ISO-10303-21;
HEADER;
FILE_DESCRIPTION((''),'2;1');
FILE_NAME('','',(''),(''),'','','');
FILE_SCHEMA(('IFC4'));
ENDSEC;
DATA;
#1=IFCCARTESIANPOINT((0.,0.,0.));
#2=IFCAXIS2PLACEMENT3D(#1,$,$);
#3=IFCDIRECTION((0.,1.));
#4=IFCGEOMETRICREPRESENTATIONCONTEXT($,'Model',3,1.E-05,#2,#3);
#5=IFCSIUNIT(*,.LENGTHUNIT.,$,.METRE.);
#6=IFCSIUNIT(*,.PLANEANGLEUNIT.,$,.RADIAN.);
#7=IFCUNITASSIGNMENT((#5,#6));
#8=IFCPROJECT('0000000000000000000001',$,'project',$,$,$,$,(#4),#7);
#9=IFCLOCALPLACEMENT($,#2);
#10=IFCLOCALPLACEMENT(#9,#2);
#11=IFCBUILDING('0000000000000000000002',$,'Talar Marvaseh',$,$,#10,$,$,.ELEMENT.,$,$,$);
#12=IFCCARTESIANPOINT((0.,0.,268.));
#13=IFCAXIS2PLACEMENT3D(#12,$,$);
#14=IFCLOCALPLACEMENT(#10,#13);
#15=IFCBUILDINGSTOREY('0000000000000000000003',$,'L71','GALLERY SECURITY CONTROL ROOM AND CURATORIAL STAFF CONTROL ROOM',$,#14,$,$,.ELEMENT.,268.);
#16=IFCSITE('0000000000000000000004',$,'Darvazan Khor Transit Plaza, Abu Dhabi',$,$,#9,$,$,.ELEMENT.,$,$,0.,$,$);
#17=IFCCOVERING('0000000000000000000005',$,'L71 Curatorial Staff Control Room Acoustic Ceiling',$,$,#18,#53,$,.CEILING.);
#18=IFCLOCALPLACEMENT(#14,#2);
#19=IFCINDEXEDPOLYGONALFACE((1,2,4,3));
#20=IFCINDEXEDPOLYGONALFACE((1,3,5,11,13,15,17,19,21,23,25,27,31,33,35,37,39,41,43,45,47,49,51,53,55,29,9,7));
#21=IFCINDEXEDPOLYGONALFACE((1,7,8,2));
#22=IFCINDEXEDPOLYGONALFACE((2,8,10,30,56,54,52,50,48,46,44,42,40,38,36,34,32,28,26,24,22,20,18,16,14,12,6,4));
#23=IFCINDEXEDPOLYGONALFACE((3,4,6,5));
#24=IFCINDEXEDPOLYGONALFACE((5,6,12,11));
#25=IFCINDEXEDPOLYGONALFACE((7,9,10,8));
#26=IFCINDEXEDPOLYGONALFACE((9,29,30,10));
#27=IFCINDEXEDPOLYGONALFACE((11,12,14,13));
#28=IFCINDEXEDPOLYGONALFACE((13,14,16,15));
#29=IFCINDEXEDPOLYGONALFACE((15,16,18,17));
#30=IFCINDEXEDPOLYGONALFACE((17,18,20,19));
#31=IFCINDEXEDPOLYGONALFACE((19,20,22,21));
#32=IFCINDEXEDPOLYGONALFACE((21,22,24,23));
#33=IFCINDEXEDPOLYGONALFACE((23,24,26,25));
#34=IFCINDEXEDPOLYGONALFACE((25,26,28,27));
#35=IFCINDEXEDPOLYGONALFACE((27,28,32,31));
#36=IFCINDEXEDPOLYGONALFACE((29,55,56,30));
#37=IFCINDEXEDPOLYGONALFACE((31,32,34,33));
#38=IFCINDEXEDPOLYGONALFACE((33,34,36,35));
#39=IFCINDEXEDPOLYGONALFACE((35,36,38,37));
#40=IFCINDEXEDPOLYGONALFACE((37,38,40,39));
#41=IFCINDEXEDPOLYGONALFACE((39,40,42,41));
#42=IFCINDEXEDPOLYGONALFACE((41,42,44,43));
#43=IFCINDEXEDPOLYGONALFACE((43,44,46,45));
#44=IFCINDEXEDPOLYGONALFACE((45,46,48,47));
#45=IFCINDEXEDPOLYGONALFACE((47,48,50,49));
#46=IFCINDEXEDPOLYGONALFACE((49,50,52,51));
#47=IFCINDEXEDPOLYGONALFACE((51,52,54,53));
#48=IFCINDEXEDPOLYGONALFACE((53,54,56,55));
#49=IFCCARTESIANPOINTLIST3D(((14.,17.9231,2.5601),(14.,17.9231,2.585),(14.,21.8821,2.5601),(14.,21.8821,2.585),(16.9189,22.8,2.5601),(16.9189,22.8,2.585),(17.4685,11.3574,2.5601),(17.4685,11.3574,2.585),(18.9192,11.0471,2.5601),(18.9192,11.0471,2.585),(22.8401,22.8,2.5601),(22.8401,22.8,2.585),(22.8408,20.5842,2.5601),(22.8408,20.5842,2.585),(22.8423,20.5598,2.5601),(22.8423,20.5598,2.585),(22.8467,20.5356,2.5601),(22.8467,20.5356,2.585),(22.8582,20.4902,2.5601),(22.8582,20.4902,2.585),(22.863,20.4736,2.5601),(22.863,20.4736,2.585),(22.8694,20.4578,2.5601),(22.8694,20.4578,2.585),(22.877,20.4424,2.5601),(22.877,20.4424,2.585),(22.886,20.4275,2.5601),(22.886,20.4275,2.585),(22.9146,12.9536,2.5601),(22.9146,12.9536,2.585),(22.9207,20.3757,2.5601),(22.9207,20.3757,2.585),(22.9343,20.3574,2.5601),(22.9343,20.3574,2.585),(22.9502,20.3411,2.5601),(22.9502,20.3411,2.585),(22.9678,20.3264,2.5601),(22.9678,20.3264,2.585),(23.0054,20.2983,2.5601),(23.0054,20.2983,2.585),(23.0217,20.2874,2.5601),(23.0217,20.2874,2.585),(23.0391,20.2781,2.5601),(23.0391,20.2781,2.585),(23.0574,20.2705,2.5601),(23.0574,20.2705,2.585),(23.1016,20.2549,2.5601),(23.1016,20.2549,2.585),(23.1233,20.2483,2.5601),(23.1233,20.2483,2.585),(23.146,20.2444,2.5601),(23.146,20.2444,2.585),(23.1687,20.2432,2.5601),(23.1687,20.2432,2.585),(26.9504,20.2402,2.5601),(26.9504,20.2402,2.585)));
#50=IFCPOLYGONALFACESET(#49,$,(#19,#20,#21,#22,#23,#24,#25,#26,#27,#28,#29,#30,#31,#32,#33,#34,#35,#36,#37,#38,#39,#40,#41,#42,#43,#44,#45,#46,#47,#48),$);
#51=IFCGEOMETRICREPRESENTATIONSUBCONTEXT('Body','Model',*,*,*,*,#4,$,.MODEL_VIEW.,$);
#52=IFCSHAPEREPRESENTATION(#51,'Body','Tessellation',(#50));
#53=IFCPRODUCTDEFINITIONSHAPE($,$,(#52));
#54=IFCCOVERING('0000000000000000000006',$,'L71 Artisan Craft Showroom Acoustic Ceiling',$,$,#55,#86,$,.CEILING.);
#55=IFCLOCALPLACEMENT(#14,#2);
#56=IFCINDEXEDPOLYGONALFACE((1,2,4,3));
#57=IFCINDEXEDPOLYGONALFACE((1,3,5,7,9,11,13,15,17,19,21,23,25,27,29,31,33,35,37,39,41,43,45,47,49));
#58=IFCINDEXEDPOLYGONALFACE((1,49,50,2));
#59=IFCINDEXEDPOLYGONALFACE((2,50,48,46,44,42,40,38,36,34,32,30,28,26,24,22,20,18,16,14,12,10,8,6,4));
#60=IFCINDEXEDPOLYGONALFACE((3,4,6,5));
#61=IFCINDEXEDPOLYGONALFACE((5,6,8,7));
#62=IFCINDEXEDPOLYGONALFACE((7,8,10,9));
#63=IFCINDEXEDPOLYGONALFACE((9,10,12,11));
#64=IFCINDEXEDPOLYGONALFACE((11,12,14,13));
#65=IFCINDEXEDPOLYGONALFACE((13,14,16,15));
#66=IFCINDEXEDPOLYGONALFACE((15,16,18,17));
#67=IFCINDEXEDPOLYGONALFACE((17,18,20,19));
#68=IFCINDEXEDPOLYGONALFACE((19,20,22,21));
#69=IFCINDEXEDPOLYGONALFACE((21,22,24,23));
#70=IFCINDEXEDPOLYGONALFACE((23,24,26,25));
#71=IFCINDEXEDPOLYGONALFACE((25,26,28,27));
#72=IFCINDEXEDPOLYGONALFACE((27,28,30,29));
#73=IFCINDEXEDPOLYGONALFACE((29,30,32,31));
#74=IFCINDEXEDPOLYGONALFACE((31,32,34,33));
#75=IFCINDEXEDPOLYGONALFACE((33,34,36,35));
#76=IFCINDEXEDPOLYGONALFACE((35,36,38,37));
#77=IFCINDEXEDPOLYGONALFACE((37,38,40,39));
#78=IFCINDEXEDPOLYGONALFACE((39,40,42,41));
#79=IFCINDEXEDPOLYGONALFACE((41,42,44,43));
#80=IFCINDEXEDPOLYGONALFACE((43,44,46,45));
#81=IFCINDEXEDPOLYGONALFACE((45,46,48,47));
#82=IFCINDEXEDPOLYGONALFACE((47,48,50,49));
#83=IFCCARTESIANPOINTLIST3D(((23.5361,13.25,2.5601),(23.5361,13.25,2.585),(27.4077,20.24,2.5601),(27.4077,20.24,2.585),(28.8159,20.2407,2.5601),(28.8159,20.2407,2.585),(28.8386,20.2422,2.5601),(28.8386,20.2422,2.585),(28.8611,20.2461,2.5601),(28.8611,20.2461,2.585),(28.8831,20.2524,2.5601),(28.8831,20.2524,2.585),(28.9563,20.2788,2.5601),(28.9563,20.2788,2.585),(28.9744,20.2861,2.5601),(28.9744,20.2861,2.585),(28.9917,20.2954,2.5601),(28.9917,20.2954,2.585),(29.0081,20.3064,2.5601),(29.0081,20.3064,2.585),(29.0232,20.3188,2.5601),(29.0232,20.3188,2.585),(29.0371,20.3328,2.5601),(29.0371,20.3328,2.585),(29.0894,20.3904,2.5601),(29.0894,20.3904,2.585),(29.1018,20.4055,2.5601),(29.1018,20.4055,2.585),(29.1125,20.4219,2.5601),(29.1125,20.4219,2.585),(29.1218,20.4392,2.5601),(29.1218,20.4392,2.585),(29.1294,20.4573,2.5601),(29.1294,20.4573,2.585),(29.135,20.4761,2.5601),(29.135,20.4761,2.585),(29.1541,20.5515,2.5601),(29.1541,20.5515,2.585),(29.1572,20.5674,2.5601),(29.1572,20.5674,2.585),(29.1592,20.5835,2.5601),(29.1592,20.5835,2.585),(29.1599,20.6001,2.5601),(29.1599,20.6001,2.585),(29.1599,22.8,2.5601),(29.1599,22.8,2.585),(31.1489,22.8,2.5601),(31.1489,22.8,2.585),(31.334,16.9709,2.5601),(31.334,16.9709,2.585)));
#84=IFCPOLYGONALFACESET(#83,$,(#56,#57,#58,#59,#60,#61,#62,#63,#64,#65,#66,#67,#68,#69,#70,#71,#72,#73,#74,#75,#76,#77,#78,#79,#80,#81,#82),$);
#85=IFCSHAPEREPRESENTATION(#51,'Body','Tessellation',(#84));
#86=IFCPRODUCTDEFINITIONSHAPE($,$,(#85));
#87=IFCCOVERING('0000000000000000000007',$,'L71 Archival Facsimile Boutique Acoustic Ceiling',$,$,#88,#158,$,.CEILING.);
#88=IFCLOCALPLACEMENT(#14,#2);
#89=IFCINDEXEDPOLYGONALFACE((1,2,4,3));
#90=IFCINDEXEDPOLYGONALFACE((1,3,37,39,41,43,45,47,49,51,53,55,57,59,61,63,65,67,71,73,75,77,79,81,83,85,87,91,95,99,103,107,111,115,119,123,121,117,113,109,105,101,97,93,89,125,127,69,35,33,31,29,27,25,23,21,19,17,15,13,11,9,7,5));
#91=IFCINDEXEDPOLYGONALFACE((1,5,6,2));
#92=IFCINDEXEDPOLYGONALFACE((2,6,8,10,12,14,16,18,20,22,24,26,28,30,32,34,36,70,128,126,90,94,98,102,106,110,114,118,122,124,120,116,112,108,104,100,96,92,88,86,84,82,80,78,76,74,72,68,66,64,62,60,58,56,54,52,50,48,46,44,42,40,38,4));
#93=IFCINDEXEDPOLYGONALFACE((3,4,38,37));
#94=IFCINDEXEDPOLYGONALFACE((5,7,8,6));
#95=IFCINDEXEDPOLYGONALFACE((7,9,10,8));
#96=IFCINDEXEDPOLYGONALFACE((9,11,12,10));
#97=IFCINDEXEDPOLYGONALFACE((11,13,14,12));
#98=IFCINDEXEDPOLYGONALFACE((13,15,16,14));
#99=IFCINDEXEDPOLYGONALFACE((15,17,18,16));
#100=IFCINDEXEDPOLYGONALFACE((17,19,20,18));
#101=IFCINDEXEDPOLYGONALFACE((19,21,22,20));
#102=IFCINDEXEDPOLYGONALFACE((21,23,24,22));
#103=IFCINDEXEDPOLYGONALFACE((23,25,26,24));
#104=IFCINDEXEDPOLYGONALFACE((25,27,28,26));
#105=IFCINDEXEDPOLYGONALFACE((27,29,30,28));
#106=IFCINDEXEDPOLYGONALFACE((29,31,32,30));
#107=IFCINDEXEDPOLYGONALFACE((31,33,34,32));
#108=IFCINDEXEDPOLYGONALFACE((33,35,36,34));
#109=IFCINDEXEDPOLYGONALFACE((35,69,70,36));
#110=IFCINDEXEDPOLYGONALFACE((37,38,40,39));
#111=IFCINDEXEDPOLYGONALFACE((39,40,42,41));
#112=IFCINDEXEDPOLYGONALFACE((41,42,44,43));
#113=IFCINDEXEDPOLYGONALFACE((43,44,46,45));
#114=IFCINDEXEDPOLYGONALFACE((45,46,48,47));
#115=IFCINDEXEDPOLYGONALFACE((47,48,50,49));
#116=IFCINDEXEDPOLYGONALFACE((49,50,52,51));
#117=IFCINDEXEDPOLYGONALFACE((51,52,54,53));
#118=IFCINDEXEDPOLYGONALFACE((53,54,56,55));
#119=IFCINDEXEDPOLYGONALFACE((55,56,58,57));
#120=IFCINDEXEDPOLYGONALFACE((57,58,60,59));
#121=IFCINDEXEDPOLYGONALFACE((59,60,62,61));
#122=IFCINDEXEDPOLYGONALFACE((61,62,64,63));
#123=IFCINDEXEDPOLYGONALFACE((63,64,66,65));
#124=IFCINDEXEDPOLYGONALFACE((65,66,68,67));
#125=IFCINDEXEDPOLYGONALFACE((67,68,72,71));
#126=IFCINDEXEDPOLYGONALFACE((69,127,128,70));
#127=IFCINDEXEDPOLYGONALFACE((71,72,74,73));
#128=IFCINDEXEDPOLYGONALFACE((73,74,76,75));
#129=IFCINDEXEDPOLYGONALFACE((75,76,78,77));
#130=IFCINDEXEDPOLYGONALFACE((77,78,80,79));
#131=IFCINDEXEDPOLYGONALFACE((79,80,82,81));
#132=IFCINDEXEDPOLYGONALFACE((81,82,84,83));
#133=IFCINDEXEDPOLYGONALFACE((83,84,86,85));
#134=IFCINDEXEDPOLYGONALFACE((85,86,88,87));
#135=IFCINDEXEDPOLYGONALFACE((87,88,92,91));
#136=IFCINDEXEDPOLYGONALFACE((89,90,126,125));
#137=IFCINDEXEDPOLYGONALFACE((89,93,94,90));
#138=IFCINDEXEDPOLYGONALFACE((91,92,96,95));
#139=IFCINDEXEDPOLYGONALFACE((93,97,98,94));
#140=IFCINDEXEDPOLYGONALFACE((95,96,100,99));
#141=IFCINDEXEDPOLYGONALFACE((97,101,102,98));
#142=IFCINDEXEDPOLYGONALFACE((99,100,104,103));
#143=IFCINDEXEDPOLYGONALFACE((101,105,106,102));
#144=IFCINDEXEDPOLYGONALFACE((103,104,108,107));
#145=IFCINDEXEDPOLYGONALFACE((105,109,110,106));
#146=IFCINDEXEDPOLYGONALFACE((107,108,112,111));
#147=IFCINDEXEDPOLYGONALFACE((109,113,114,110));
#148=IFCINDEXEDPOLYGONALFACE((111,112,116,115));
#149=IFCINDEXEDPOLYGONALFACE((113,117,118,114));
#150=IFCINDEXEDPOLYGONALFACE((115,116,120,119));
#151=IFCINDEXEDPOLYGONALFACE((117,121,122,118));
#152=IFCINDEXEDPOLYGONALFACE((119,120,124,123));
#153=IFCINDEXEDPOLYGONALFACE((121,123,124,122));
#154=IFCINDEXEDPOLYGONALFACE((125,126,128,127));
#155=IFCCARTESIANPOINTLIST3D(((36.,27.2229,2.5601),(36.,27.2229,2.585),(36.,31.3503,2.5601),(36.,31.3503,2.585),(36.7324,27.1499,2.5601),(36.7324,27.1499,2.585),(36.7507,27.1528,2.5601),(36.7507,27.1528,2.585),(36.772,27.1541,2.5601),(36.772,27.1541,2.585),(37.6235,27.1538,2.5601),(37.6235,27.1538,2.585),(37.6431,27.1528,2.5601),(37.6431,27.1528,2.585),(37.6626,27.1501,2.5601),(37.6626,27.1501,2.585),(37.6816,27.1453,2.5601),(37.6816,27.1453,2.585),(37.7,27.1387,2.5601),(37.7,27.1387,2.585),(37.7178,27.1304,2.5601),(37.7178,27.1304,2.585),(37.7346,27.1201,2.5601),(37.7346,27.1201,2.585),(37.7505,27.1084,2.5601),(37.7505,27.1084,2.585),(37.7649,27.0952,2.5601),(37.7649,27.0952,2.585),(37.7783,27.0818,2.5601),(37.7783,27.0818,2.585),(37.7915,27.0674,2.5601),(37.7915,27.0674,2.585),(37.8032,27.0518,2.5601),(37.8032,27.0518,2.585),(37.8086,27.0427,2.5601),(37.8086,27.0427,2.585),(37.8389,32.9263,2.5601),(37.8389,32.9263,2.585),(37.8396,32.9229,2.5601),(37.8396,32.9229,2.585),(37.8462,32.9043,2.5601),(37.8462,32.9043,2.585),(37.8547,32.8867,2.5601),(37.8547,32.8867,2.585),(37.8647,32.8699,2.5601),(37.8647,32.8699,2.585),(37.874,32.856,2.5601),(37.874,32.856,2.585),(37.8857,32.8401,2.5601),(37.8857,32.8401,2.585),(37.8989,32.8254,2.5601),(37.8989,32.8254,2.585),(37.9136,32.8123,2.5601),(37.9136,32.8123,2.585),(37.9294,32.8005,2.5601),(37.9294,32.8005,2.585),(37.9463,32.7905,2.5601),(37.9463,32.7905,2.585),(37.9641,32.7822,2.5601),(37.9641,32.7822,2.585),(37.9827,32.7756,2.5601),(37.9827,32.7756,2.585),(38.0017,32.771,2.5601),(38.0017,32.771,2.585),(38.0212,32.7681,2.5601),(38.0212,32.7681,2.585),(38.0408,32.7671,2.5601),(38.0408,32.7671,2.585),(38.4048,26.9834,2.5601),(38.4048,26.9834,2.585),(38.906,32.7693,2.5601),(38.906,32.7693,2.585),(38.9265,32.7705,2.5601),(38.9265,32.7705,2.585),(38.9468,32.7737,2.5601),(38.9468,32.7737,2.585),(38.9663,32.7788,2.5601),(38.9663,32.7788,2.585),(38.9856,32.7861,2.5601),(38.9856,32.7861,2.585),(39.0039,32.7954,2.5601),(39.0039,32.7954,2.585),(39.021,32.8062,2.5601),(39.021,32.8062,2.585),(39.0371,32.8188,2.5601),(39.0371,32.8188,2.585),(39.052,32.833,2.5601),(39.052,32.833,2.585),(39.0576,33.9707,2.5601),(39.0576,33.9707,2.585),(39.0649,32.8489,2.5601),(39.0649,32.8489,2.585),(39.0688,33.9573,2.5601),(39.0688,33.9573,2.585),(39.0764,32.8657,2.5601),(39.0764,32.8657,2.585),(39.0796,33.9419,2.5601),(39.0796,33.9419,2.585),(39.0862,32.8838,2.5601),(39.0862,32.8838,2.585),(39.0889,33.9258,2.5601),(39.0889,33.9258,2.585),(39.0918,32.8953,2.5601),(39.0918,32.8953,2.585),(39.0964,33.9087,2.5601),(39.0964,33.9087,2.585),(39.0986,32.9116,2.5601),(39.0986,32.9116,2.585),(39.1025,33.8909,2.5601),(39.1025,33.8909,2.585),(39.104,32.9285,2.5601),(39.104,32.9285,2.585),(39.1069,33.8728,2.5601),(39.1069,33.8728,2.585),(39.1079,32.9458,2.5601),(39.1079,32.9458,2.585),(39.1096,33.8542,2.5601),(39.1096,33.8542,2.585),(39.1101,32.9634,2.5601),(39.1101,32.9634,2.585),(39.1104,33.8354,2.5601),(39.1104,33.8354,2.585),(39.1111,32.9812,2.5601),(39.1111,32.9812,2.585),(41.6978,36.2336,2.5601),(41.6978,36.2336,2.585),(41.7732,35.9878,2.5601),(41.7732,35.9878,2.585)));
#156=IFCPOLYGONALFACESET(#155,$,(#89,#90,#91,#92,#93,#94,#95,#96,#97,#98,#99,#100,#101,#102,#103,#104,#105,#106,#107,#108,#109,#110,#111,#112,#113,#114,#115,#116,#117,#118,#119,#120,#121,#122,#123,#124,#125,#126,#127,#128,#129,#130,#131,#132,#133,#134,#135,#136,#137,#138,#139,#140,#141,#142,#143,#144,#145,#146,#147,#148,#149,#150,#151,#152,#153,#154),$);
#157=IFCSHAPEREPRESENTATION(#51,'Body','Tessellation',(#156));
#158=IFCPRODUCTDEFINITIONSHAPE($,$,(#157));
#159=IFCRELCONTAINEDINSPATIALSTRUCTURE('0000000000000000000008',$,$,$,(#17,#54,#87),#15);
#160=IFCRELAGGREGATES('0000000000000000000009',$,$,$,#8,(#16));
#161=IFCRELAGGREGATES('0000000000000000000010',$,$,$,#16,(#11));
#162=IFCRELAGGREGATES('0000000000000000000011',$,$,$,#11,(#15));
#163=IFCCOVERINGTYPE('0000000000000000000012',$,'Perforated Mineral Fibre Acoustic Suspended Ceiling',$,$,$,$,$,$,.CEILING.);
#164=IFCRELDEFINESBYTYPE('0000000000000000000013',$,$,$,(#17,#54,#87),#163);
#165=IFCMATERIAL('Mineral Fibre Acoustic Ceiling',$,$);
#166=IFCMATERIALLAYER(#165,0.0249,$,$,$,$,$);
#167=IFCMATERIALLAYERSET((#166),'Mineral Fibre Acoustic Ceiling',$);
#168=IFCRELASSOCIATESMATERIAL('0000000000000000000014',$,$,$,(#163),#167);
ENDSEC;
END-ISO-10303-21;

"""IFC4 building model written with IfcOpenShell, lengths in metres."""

from ifc_helpers import new_model, si_unit, direction, frame, origin, place, context, subcontext, project, spatial, polyline, outline, extrude, material, layer, layer_set, type_object, element, save


model = new_model("IFC4")

# Units and contexts
model_context = context("Model", 3, precision=1e-05, world=origin(), true_north=direction((0.0, 1.0)))
body_context = subcontext(model_context, "Body", "Model", "MODEL_VIEW")
ifc_project = project(units=[si_unit("LENGTHUNIT", "METRE"), si_unit("PLANEANGLEUNIT", "RADIAN")], contexts=[model_context])

# Site, building, storey
site_placement = place(None, origin())
site = spatial("IfcSite", under=ifc_project, at=site_placement, Name="Darvazan Khor Transit Plaza, Abu Dhabi", CompositionType="ELEMENT", RefElevation=0.0)
building_placement = place(site_placement, origin())
building = spatial("IfcBuilding", under=site, at=building_placement, Name="Talar Marvaseh", CompositionType="ELEMENT")
storey_placement = place(building_placement, frame((0.0, 0.0, 268.0)))
storey = spatial("IfcBuildingStorey", under=building, at=storey_placement, Name="L71", Description="GALLERY SECURITY CONTROL ROOM AND CURATORIAL STAFF CONTROL ROOM", CompositionType="ELEMENT", Elevation=268.0)

# Coverings
ifc_material_1 = material(Name="Mineral Fibre Acoustic Ceiling")
ifc_layer_1 = layer(ifc_material_1, 0.0249)
ifc_layer_set_1 = layer_set([ifc_layer_1], Name="Mineral Fibre Acoustic Ceiling")
covering_type_1 = type_object("IfcCoveringType", Name="Perforated Mineral Fibre Acoustic Suspended Ceiling", PredefinedType="CEILING", material=ifc_layer_set_1)
covering_1_placement = place(storey_placement, frame((0.0, 0.0, 2.5601)))
element("IfcCovering", 1, at=covering_1_placement, inside=storey, type_object=covering_type_1, Name="L71 Curatorial Staff Control Room Acoustic Ceiling", PredefinedType="CEILING", context=body_context, shape_type="SweptSolid", body=[
    extrude(outline(polyline([(22.8401, 22.8), (22.8408, 20.5842), (22.8423, 20.5598), (22.8467, 20.5356), (22.8582, 20.4902), (22.863, 20.4736), (22.8694, 20.4578), (22.877, 20.4424), (22.886, 20.4275), (22.9207, 20.3757), (22.9343, 20.3574), (22.9502, 20.3411), (22.9678, 20.3264), (23.0054, 20.2983), (23.0217, 20.2874), (23.0391, 20.2781), (23.0574, 20.2705), (23.1016, 20.2549), (23.1233, 20.2483), (23.146, 20.2444), (23.1687, 20.2432), (26.9504, 20.2402), (22.9146, 12.9536), (18.9192, 11.0471), (17.4685, 11.3574), (14.0, 17.9231), (14.0, 21.8821), (16.9189, 22.8), (22.8401, 22.8)])), origin(), (0.0, 0.0, 1.0), 0.0249),
])
covering_2_placement = place(storey_placement, frame((0.0, 0.0, 2.5601)))
element("IfcCovering", 2, at=covering_2_placement, inside=storey, type_object=covering_type_1, Name="L71 Artisan Craft Showroom Acoustic Ceiling", PredefinedType="CEILING", context=body_context, shape_type="SweptSolid", body=[
    extrude(outline(polyline([(28.8386, 20.2422), (28.8611, 20.2461), (28.8831, 20.2524), (28.9563, 20.2788), (28.9744, 20.2861), (28.9917, 20.2954), (29.0081, 20.3064), (29.0232, 20.3188), (29.0371, 20.3328), (29.0894, 20.3904), (29.1018, 20.4055), (29.1125, 20.4219), (29.1218, 20.4392), (29.1294, 20.4573), (29.135, 20.4761), (29.1541, 20.5515), (29.1572, 20.5674), (29.1592, 20.5835), (29.1599, 20.6001), (29.1599, 22.8), (31.1489, 22.8), (31.334, 16.9709), (23.5361, 13.25), (27.4077, 20.24), (28.8159, 20.2407), (28.8386, 20.2422)])), origin(), (0.0, 0.0, 1.0), 0.0249),
])
covering_3_placement = place(storey_placement, frame((0.0, 0.0, 2.5601)))
element("IfcCovering", 3, at=covering_3_placement, inside=storey, type_object=covering_type_1, Name="L71 Archival Facsimile Boutique Acoustic Ceiling", PredefinedType="CEILING", context=body_context, shape_type="SweptSolid", body=[
    extrude(outline(polyline([(36.0, 31.3503), (37.8389, 32.9263), (37.8396, 32.9229), (37.8462, 32.9043), (37.8547, 32.8867), (37.8647, 32.8699), (37.874, 32.856), (37.8857, 32.8401), (37.8989, 32.8254), (37.9136, 32.8123), (37.9294, 32.8005), (37.9463, 32.7905), (37.9641, 32.7822), (37.9827, 32.7756), (38.0017, 32.771), (38.0212, 32.7681), (38.0408, 32.7671), (38.906, 32.7693), (38.9265, 32.7705), (38.9468, 32.7737), (38.9663, 32.7788), (38.9856, 32.7861), (39.0039, 32.7954), (39.021, 32.8062), (39.0371, 32.8188), (39.052, 32.833), (39.0649, 32.8489), (39.0764, 32.8657), (39.0862, 32.8838), (39.0918, 32.8953), (39.0986, 32.9116), (39.104, 32.9285), (39.1079, 32.9458), (39.1101, 32.9634), (39.1111, 32.9812), (39.1104, 33.8354), (39.1096, 33.8542), (39.1069, 33.8728), (39.1025, 33.8909), (39.0964, 33.9087), (39.0889, 33.9258), (39.0796, 33.9419), (39.0688, 33.9573), (39.0576, 33.9707), (41.6978, 36.2336), (41.7732, 35.9878), (38.4048, 26.9834), (37.8086, 27.0427), (37.8032, 27.0518), (37.7915, 27.0674), (37.7783, 27.0818), (37.7649, 27.0952), (37.7505, 27.1084), (37.7346, 27.1201), (37.7178, 27.1304), (37.7, 27.1387), (37.6816, 27.1453), (37.6626, 27.1501), (37.6431, 27.1528), (37.6235, 27.1538), (36.772, 27.1541), (36.7507, 27.1528), (36.7324, 27.1499), (36.0, 27.2229), (36.0, 31.3503)])), origin(), (0.0, 0.0, 1.0), 0.0249),
])

save(model, "model.ifc")
